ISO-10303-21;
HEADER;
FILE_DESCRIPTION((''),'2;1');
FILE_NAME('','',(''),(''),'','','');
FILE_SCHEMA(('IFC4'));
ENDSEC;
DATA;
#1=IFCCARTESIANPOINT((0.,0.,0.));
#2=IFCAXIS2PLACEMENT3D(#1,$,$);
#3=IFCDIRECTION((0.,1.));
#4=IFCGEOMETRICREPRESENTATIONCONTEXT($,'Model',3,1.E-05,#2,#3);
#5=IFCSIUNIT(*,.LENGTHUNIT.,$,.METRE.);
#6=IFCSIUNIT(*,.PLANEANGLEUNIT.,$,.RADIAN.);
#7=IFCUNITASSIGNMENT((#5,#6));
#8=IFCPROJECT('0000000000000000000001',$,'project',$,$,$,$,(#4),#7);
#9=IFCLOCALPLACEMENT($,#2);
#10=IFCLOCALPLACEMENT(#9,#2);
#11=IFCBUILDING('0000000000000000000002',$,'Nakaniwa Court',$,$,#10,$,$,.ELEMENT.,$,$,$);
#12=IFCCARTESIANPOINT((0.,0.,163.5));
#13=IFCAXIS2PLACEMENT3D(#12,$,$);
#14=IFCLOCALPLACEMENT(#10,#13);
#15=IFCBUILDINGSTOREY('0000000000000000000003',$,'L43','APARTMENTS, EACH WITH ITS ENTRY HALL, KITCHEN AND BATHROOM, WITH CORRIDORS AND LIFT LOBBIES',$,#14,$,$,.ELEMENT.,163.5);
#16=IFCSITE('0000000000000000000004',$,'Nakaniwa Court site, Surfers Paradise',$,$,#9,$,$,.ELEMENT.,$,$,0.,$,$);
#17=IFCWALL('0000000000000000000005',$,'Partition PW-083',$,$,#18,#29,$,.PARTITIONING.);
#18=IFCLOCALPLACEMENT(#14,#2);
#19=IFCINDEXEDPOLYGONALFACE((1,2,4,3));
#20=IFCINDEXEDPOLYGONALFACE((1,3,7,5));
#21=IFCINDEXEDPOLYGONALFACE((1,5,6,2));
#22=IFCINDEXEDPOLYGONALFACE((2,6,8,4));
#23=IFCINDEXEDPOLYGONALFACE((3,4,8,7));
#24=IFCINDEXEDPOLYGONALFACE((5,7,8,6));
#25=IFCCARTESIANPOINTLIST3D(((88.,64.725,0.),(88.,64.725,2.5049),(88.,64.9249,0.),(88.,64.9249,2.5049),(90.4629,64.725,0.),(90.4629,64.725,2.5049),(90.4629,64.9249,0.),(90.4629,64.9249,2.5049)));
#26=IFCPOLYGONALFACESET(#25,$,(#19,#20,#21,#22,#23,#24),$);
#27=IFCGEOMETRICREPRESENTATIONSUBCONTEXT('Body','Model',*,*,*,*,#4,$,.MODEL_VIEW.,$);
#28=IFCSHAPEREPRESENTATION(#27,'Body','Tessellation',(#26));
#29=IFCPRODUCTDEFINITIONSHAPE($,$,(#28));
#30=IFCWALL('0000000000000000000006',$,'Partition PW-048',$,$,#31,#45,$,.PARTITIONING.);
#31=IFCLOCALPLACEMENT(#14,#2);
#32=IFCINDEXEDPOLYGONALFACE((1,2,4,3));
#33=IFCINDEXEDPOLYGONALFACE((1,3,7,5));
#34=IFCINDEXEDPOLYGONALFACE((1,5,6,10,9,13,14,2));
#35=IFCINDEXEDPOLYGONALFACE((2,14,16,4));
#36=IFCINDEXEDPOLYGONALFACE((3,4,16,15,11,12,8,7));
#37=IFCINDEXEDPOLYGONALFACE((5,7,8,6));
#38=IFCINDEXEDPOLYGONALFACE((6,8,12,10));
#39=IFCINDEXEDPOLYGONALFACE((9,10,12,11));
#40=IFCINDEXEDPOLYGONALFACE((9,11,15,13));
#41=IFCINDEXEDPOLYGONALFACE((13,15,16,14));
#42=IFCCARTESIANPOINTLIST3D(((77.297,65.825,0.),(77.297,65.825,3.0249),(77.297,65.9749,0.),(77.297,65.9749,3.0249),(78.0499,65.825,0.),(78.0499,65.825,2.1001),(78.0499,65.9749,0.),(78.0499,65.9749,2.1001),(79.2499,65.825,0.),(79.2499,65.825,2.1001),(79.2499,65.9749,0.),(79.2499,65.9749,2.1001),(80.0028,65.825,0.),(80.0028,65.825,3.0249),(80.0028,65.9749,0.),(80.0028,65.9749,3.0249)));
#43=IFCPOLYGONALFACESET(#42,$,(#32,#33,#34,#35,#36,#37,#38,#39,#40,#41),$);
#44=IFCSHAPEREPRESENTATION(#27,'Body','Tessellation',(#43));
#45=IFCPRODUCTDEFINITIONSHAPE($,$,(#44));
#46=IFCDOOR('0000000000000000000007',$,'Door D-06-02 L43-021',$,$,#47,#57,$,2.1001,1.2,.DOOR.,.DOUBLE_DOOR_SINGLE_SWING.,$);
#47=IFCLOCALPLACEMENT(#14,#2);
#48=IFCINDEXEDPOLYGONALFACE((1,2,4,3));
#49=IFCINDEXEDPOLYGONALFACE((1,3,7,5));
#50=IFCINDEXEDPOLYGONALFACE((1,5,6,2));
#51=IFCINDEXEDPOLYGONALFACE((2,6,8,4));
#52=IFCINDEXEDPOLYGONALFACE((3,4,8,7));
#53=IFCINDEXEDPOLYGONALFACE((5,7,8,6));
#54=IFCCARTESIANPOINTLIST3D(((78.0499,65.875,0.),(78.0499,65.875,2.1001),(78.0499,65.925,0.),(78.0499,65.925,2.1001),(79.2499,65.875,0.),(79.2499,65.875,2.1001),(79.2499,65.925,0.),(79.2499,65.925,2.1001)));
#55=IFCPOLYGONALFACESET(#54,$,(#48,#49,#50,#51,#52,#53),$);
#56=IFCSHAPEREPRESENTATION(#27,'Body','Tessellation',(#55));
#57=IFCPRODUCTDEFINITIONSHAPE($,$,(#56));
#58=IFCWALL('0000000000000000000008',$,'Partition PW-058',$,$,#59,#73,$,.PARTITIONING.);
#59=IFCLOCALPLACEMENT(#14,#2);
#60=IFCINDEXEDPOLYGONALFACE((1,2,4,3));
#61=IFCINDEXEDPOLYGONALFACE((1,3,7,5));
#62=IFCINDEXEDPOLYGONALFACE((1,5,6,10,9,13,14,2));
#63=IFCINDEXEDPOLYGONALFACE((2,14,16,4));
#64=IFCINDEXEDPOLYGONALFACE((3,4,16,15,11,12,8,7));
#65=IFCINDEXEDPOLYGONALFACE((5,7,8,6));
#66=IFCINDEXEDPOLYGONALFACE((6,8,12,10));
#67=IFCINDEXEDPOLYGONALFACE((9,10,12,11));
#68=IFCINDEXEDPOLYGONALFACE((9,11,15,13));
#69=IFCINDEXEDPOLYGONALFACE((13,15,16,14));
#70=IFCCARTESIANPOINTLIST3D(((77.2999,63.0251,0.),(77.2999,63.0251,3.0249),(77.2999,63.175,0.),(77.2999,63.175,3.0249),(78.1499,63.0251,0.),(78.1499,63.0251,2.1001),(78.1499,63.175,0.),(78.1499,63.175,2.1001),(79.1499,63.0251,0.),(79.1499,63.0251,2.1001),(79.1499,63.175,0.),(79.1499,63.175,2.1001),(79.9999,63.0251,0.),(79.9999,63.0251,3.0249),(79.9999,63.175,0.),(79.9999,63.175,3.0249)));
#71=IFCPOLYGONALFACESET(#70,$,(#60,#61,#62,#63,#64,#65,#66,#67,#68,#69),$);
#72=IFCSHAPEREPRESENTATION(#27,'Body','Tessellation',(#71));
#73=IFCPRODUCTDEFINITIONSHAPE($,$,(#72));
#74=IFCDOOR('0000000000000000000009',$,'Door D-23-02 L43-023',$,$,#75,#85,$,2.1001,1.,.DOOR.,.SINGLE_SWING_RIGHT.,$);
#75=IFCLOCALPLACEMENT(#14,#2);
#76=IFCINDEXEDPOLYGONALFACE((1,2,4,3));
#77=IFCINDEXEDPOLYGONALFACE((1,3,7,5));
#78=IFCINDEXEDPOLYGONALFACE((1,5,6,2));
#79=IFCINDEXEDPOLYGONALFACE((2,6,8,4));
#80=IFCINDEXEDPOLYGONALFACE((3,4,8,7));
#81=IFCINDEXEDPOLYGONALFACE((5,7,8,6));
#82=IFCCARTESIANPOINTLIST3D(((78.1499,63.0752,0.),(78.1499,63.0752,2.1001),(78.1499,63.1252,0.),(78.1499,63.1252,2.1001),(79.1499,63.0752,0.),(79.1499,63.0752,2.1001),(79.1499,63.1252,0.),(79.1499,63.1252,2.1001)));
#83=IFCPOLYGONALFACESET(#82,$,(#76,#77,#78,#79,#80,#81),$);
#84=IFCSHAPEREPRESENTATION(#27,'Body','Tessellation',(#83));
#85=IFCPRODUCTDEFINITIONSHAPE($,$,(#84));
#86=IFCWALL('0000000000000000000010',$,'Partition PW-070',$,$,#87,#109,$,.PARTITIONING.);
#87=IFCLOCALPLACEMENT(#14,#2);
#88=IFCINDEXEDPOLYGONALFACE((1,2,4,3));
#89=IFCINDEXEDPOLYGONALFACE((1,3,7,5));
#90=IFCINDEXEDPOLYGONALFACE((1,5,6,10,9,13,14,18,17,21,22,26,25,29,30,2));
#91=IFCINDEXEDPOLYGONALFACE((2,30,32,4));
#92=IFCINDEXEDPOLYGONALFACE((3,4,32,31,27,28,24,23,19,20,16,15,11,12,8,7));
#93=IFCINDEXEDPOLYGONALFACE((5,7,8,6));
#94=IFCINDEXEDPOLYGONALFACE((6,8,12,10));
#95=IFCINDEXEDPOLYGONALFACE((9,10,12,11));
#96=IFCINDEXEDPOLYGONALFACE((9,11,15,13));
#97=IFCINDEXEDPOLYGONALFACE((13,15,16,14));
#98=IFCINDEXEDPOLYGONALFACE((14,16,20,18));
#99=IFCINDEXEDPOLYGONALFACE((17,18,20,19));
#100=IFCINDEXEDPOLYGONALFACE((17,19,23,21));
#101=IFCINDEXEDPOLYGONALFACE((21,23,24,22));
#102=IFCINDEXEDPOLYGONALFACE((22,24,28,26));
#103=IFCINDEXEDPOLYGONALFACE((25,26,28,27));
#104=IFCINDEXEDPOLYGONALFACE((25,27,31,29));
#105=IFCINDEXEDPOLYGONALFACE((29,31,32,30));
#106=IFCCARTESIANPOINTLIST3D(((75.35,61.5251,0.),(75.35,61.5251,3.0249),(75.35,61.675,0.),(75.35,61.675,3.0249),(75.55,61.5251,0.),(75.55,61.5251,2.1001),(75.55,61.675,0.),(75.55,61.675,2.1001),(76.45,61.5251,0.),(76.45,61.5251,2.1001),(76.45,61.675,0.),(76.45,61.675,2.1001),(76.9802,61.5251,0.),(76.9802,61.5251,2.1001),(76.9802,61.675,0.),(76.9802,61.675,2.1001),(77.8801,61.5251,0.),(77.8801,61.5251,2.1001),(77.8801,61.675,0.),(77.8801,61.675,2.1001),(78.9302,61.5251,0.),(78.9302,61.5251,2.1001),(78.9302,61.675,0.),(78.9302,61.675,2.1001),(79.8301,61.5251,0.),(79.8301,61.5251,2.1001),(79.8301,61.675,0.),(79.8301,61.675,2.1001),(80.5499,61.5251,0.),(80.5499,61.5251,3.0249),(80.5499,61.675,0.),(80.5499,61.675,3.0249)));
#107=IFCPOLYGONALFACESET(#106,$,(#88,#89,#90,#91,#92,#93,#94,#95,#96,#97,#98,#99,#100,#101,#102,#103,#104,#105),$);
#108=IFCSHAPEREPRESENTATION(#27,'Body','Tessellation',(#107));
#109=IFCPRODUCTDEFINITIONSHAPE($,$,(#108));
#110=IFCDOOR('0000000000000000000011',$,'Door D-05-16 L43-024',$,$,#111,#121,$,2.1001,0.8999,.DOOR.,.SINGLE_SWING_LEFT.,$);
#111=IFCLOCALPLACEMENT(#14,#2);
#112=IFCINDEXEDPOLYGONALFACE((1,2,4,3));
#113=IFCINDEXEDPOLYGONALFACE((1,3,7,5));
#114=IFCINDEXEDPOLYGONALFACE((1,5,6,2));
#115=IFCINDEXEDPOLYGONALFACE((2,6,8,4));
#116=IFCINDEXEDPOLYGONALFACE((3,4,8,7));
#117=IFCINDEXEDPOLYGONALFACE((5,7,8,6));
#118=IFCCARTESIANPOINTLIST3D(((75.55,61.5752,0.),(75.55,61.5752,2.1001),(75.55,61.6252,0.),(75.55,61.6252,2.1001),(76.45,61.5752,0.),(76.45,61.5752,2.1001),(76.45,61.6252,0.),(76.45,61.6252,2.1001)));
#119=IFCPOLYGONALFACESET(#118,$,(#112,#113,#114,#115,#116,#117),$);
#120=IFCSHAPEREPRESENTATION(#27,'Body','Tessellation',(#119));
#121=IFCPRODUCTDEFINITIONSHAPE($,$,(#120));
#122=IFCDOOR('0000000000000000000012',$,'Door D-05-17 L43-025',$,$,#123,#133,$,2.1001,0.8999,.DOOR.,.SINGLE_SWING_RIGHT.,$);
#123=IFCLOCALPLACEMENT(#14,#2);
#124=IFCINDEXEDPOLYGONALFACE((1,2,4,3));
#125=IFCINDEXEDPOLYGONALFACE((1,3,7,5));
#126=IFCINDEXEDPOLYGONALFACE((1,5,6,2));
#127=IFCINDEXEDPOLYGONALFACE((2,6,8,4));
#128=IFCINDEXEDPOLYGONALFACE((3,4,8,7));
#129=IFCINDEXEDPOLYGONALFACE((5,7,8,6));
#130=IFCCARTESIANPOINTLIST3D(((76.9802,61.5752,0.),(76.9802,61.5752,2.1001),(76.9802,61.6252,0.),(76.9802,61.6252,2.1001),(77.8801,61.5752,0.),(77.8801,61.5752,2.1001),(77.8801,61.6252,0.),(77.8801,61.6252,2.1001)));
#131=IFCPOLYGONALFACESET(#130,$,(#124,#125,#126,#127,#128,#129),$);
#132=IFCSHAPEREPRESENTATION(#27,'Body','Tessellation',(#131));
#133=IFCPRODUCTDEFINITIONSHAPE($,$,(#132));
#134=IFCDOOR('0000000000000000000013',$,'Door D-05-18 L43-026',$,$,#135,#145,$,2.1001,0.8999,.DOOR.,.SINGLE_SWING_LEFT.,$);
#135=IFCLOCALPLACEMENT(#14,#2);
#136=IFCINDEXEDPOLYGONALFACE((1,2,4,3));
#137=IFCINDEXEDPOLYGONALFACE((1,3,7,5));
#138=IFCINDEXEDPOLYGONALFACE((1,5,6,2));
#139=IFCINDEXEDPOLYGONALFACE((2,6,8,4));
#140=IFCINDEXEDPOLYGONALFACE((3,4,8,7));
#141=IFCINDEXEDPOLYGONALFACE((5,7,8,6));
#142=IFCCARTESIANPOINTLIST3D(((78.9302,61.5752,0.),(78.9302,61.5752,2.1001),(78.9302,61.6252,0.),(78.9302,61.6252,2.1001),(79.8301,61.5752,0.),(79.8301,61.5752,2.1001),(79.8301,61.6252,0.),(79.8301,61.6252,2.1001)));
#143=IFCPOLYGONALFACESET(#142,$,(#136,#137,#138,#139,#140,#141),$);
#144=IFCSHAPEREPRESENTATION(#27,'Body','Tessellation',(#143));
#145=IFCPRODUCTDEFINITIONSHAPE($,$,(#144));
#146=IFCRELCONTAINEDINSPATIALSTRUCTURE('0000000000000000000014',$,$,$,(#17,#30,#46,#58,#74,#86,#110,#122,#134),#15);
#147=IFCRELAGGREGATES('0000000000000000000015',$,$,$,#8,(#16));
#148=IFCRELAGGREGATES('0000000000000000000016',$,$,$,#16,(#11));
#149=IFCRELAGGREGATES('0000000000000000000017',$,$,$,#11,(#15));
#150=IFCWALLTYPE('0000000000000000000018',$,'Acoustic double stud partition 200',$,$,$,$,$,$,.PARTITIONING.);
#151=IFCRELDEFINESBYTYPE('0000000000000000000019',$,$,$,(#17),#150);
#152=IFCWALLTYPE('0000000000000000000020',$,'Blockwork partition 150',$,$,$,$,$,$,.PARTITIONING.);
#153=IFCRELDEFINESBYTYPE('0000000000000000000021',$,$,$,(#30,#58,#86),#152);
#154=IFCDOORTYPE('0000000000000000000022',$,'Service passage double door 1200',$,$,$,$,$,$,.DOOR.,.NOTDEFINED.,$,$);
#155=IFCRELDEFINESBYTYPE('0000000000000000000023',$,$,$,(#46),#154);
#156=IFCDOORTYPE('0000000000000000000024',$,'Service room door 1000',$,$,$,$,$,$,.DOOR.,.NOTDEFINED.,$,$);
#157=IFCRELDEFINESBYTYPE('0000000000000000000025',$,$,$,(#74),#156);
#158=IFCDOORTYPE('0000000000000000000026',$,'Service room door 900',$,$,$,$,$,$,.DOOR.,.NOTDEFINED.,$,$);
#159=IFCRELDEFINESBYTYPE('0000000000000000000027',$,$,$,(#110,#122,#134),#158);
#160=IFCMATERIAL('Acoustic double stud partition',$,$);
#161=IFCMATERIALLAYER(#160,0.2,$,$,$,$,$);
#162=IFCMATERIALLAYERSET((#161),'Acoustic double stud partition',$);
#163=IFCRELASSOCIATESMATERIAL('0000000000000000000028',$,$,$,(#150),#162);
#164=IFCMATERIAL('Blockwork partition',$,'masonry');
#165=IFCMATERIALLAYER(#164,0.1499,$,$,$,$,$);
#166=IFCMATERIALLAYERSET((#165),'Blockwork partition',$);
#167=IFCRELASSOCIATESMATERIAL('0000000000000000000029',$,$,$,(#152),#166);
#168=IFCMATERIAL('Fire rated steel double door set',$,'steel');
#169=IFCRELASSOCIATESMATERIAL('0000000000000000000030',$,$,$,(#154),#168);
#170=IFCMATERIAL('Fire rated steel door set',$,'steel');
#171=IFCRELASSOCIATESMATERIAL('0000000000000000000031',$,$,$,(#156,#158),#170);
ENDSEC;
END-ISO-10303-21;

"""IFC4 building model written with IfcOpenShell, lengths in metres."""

from ifc_helpers import new_model, si_unit, direction, frame, frame_2d, origin, place, context, subcontext, project, spatial, rectangle, extrude, material, layer, layer_set, type_object, element, fill, save


model = new_model("IFC4")

# Units and contexts
model_context = context("Model", 3, precision=1e-05, world=origin(), true_north=direction((0.0, 1.0)))
body_context = subcontext(model_context, "Body", "Model", "MODEL_VIEW")
ifc_project = project(units=[si_unit("LENGTHUNIT", "METRE"), si_unit("PLANEANGLEUNIT", "RADIAN")], contexts=[model_context])

# Site, building, storey
site_placement = place(None, origin())
site = spatial("IfcSite", under=ifc_project, at=site_placement, Name="Nakaniwa Court site, Surfers Paradise", CompositionType="ELEMENT", RefElevation=0.0)
building_placement = place(site_placement, origin())
building = spatial("IfcBuilding", under=site, at=building_placement, Name="Nakaniwa Court", CompositionType="ELEMENT")
storey_placement = place(building_placement, frame((0.0, 0.0, 163.5)))
storey = spatial("IfcBuildingStorey", under=building, at=storey_placement, Name="L43", Description="APARTMENTS, EACH WITH ITS ENTRY HALL, KITCHEN AND BATHROOM, WITH CORRIDORS AND LIFT LOBBIES", CompositionType="ELEMENT", Elevation=163.5)

# Wall
ifc_material_1 = material(Name="Acoustic double stud partition")
ifc_layer_1 = layer(ifc_material_1, 0.2)
ifc_layer_set_1 = layer_set([ifc_layer_1], Name="Acoustic double stud partition")
wall_type_1 = type_object("IfcWallType", Name="Acoustic double stud partition 200", PredefinedType="PARTITIONING", material=ifc_layer_set_1)
wall_1_placement = place(storey_placement, frame((88.0, 64.825, 0.0), z_axis=(0.0, 0.0, 1.0), x_axis=(1.0, 0.0, 0.0)))
element("IfcWall", 1, at=wall_1_placement, inside=storey, type_object=wall_type_1, Name="Partition PW-083", PredefinedType="PARTITIONING", context=body_context, shape_type="SweptSolid", body=[
    extrude(rectangle(XDim=2.4629, YDim=0.2, at=frame_2d((1.2314, 0.0))), origin(), (0.0, 0.0, 1.0), 2.5049),
])

# Walls, openings, doors
ifc_material_2 = material(Name="Blockwork partition", Category="masonry")
ifc_layer_2 = layer(ifc_material_2, 0.1499)
ifc_layer_set_2 = layer_set([ifc_layer_2], Name="Blockwork partition")
wall_type_2 = type_object("IfcWallType", Name="Blockwork partition 150", PredefinedType="PARTITIONING", material=ifc_layer_set_2)
wall_2_placement = place(storey_placement, frame((80.0029, 65.8999, 0.0), z_axis=(0.0, 0.0, 1.0), x_axis=(-1.0, 0.0, 0.0)))
wall_2 = element("IfcWall", 2, at=wall_2_placement, inside=storey, type_object=wall_type_2, Name="Partition PW-048", PredefinedType="PARTITIONING", context=body_context, shape_type="SweptSolid", body=[
    extrude(rectangle(XDim=2.7058, YDim=0.1499, at=frame_2d((1.353, 0.0))), origin(), (0.0, 0.0, 1.0), 3.0249),
])
opening_1_placement = place(wall_2_placement, frame((0.7529, 0.0, 0.0)))
opening_1 = element("IfcOpeningElement", 3, at=opening_1_placement, cuts=wall_2, PredefinedType="OPENING", context=body_context, shape_type="SweptSolid", body=[
    extrude(rectangle(XDim=1.2, YDim=2.1001, at=frame_2d((0.6001, 1.05))), frame((0.0, 0.085, 0.0), z_axis=(0.0, -1.0, 0.0), x_axis=(1.0, 0.0, 0.0)), (0.0, 0.0, 1.0), 0.1699),
])
ifc_material_3 = material(Name="Fire rated steel double door set", Category="steel")
door_type_1 = type_object("IfcDoorType", Name="Service passage double door 1200", OperationType="NOTDEFINED", PredefinedType="DOOR", material=ifc_material_3)
door_1_placement = place(opening_1_placement, origin())
door_1 = element("IfcDoor", 4, at=door_1_placement, inside=storey, type_object=door_type_1, Name="Door D-06-02 L43-021", OperationType="DOUBLE_DOOR_SINGLE_SWING", OverallHeight=2.1001, OverallWidth=1.2, PredefinedType="DOOR", context=body_context, shape_type="SweptSolid", body=[
    extrude(rectangle(XDim=1.2, YDim=2.1001, at=frame_2d((0.6001, 1.05))), frame((0.0, 0.0249, 0.0), z_axis=(0.0, -1.0, 0.0), x_axis=(1.0, 0.0, 0.0)), (0.0, 0.0, 1.0), 0.05),
])
fill(opening_1, door_1)
wall_3_placement = place(storey_placement, frame((80.0, 63.1001, 0.0), z_axis=(0.0, 0.0, 1.0), x_axis=(-1.0, 0.0, 0.0)))
wall_3 = element("IfcWall", 5, at=wall_3_placement, inside=storey, type_object=wall_type_2, Name="Partition PW-058", PredefinedType="PARTITIONING", context=body_context, shape_type="SweptSolid", body=[
    extrude(rectangle(XDim=2.7, YDim=0.1499, at=frame_2d((1.3501, 0.0))), origin(), (0.0, 0.0, 1.0), 3.0249),
])
opening_2_placement = place(wall_3_placement, frame((0.8501, 0.0, 0.0)))
opening_2 = element("IfcOpeningElement", 6, at=opening_2_placement, cuts=wall_3, PredefinedType="OPENING", context=body_context, shape_type="SweptSolid", body=[
    extrude(rectangle(XDim=1.0, YDim=2.1001, at=frame_2d((0.5, 1.05))), frame((0.0, 0.085, 0.0), z_axis=(0.0, -1.0, 0.0), x_axis=(1.0, 0.0, 0.0)), (0.0, 0.0, 1.0), 0.1699),
])
ifc_material_4 = material(Name="Fire rated steel door set", Category="steel")
door_type_2 = type_object("IfcDoorType", Name="Service room door 1000", OperationType="NOTDEFINED", PredefinedType="DOOR", material=ifc_material_4)
door_2_placement = place(opening_2_placement, origin())
door_2 = element("IfcDoor", 7, at=door_2_placement, inside=storey, type_object=door_type_2, Name="Door D-23-02 L43-023", OperationType="SINGLE_SWING_RIGHT", OverallHeight=2.1001, OverallWidth=1.0, PredefinedType="DOOR", context=body_context, shape_type="SweptSolid", body=[
    extrude(rectangle(XDim=1.0, YDim=2.1001, at=frame_2d((0.5, 1.05))), frame((0.0, 0.0249, 0.0), z_axis=(0.0, -1.0, 0.0), x_axis=(1.0, 0.0, 0.0)), (0.0, 0.0, 1.0), 0.05),
])
fill(opening_2, door_2)

# Wall, openings, doors
wall_4_placement = place(storey_placement, frame((80.55, 61.6001, 0.0), z_axis=(0.0, 0.0, 1.0), x_axis=(-1.0, 0.0, 0.0)))
wall_4 = element("IfcWall", 8, at=wall_4_placement, inside=storey, type_object=wall_type_2, Name="Partition PW-070", PredefinedType="PARTITIONING", context=body_context, shape_type="SweptSolid", body=[
    extrude(rectangle(XDim=5.2, YDim=0.1499, at=frame_2d((2.6001, 0.0))), origin(), (0.0, 0.0, 1.0), 3.0249),
])
opening_3_placement = place(wall_4_placement, frame((4.1001, 0.0, 0.0)))
opening_3 = element("IfcOpeningElement", 9, at=opening_3_placement, cuts=wall_4, PredefinedType="OPENING", context=body_context, shape_type="SweptSolid", body=[
    extrude(rectangle(XDim=0.8999, YDim=2.1001, at=frame_2d((0.45, 1.05))), frame((0.0, 0.085, 0.0), z_axis=(0.0, -1.0, 0.0), x_axis=(1.0, 0.0, 0.0)), (0.0, 0.0, 1.0), 0.1699),
])
opening_4_placement = place(wall_4_placement, frame((2.6699, 0.0, 0.0)))
opening_4 = element("IfcOpeningElement", 10, at=opening_4_placement, cuts=wall_4, PredefinedType="OPENING", context=body_context, shape_type="SweptSolid", body=[
    extrude(rectangle(XDim=0.8999, YDim=2.1001, at=frame_2d((0.45, 1.05))), frame((0.0, 0.085, 0.0), z_axis=(0.0, -1.0, 0.0), x_axis=(1.0, 0.0, 0.0)), (0.0, 0.0, 1.0), 0.1699),
])
opening_5_placement = place(wall_4_placement, frame((0.72, 0.0, 0.0)))
opening_5 = element("IfcOpeningElement", 11, at=opening_5_placement, cuts=wall_4, PredefinedType="OPENING", context=body_context, shape_type="SweptSolid", body=[
    extrude(rectangle(XDim=0.8999, YDim=2.1001, at=frame_2d((0.45, 1.05))), frame((0.0, 0.085, 0.0), z_axis=(0.0, -1.0, 0.0), x_axis=(1.0, 0.0, 0.0)), (0.0, 0.0, 1.0), 0.1699),
])
door_type_3 = type_object("IfcDoorType", Name="Service room door 900", OperationType="NOTDEFINED", PredefinedType="DOOR", material=ifc_material_4)
door_3_placement = place(opening_3_placement, origin())
door_3 = element("IfcDoor", 12, at=door_3_placement, inside=storey, type_object=door_type_3, Name="Door D-05-16 L43-024", OperationType="SINGLE_SWING_LEFT", OverallHeight=2.1001, OverallWidth=0.8999, PredefinedType="DOOR", context=body_context, shape_type="SweptSolid", body=[
    extrude(rectangle(XDim=0.8999, YDim=2.1001, at=frame_2d((0.45, 1.05))), frame((0.0, 0.0249, 0.0), z_axis=(0.0, -1.0, 0.0), x_axis=(1.0, 0.0, 0.0)), (0.0, 0.0, 1.0), 0.05),
])
fill(opening_3, door_3)
door_4_placement = place(opening_4_placement, origin())
door_4 = element("IfcDoor", 13, at=door_4_placement, inside=storey, type_object=door_type_3, Name="Door D-05-17 L43-025", OperationType="SINGLE_SWING_RIGHT", OverallHeight=2.1001, OverallWidth=0.8999, PredefinedType="DOOR", context=body_context, shape_type="SweptSolid", body=[
    extrude(rectangle(XDim=0.8999, YDim=2.1001, at=frame_2d((0.45, 1.05))), frame((0.0, 0.0249, 0.0), z_axis=(0.0, -1.0, 0.0), x_axis=(1.0, 0.0, 0.0)), (0.0, 0.0, 1.0), 0.05),
])
fill(opening_4, door_4)
door_5_placement = place(opening_5_placement, origin())
door_5 = element("IfcDoor", 14, at=door_5_placement, inside=storey, type_object=door_type_3, Name="Door D-05-18 L43-026", OperationType="SINGLE_SWING_LEFT", OverallHeight=2.1001, OverallWidth=0.8999, PredefinedType="DOOR", context=body_context, shape_type="SweptSolid", body=[
    extrude(rectangle(XDim=0.8999, YDim=2.1001, at=frame_2d((0.45, 1.05))), frame((0.0, 0.0249, 0.0), z_axis=(0.0, -1.0, 0.0), x_axis=(1.0, 0.0, 0.0)), (0.0, 0.0, 1.0), 0.05),
])
fill(opening_5, door_5)

save(model, "model.ifc")
